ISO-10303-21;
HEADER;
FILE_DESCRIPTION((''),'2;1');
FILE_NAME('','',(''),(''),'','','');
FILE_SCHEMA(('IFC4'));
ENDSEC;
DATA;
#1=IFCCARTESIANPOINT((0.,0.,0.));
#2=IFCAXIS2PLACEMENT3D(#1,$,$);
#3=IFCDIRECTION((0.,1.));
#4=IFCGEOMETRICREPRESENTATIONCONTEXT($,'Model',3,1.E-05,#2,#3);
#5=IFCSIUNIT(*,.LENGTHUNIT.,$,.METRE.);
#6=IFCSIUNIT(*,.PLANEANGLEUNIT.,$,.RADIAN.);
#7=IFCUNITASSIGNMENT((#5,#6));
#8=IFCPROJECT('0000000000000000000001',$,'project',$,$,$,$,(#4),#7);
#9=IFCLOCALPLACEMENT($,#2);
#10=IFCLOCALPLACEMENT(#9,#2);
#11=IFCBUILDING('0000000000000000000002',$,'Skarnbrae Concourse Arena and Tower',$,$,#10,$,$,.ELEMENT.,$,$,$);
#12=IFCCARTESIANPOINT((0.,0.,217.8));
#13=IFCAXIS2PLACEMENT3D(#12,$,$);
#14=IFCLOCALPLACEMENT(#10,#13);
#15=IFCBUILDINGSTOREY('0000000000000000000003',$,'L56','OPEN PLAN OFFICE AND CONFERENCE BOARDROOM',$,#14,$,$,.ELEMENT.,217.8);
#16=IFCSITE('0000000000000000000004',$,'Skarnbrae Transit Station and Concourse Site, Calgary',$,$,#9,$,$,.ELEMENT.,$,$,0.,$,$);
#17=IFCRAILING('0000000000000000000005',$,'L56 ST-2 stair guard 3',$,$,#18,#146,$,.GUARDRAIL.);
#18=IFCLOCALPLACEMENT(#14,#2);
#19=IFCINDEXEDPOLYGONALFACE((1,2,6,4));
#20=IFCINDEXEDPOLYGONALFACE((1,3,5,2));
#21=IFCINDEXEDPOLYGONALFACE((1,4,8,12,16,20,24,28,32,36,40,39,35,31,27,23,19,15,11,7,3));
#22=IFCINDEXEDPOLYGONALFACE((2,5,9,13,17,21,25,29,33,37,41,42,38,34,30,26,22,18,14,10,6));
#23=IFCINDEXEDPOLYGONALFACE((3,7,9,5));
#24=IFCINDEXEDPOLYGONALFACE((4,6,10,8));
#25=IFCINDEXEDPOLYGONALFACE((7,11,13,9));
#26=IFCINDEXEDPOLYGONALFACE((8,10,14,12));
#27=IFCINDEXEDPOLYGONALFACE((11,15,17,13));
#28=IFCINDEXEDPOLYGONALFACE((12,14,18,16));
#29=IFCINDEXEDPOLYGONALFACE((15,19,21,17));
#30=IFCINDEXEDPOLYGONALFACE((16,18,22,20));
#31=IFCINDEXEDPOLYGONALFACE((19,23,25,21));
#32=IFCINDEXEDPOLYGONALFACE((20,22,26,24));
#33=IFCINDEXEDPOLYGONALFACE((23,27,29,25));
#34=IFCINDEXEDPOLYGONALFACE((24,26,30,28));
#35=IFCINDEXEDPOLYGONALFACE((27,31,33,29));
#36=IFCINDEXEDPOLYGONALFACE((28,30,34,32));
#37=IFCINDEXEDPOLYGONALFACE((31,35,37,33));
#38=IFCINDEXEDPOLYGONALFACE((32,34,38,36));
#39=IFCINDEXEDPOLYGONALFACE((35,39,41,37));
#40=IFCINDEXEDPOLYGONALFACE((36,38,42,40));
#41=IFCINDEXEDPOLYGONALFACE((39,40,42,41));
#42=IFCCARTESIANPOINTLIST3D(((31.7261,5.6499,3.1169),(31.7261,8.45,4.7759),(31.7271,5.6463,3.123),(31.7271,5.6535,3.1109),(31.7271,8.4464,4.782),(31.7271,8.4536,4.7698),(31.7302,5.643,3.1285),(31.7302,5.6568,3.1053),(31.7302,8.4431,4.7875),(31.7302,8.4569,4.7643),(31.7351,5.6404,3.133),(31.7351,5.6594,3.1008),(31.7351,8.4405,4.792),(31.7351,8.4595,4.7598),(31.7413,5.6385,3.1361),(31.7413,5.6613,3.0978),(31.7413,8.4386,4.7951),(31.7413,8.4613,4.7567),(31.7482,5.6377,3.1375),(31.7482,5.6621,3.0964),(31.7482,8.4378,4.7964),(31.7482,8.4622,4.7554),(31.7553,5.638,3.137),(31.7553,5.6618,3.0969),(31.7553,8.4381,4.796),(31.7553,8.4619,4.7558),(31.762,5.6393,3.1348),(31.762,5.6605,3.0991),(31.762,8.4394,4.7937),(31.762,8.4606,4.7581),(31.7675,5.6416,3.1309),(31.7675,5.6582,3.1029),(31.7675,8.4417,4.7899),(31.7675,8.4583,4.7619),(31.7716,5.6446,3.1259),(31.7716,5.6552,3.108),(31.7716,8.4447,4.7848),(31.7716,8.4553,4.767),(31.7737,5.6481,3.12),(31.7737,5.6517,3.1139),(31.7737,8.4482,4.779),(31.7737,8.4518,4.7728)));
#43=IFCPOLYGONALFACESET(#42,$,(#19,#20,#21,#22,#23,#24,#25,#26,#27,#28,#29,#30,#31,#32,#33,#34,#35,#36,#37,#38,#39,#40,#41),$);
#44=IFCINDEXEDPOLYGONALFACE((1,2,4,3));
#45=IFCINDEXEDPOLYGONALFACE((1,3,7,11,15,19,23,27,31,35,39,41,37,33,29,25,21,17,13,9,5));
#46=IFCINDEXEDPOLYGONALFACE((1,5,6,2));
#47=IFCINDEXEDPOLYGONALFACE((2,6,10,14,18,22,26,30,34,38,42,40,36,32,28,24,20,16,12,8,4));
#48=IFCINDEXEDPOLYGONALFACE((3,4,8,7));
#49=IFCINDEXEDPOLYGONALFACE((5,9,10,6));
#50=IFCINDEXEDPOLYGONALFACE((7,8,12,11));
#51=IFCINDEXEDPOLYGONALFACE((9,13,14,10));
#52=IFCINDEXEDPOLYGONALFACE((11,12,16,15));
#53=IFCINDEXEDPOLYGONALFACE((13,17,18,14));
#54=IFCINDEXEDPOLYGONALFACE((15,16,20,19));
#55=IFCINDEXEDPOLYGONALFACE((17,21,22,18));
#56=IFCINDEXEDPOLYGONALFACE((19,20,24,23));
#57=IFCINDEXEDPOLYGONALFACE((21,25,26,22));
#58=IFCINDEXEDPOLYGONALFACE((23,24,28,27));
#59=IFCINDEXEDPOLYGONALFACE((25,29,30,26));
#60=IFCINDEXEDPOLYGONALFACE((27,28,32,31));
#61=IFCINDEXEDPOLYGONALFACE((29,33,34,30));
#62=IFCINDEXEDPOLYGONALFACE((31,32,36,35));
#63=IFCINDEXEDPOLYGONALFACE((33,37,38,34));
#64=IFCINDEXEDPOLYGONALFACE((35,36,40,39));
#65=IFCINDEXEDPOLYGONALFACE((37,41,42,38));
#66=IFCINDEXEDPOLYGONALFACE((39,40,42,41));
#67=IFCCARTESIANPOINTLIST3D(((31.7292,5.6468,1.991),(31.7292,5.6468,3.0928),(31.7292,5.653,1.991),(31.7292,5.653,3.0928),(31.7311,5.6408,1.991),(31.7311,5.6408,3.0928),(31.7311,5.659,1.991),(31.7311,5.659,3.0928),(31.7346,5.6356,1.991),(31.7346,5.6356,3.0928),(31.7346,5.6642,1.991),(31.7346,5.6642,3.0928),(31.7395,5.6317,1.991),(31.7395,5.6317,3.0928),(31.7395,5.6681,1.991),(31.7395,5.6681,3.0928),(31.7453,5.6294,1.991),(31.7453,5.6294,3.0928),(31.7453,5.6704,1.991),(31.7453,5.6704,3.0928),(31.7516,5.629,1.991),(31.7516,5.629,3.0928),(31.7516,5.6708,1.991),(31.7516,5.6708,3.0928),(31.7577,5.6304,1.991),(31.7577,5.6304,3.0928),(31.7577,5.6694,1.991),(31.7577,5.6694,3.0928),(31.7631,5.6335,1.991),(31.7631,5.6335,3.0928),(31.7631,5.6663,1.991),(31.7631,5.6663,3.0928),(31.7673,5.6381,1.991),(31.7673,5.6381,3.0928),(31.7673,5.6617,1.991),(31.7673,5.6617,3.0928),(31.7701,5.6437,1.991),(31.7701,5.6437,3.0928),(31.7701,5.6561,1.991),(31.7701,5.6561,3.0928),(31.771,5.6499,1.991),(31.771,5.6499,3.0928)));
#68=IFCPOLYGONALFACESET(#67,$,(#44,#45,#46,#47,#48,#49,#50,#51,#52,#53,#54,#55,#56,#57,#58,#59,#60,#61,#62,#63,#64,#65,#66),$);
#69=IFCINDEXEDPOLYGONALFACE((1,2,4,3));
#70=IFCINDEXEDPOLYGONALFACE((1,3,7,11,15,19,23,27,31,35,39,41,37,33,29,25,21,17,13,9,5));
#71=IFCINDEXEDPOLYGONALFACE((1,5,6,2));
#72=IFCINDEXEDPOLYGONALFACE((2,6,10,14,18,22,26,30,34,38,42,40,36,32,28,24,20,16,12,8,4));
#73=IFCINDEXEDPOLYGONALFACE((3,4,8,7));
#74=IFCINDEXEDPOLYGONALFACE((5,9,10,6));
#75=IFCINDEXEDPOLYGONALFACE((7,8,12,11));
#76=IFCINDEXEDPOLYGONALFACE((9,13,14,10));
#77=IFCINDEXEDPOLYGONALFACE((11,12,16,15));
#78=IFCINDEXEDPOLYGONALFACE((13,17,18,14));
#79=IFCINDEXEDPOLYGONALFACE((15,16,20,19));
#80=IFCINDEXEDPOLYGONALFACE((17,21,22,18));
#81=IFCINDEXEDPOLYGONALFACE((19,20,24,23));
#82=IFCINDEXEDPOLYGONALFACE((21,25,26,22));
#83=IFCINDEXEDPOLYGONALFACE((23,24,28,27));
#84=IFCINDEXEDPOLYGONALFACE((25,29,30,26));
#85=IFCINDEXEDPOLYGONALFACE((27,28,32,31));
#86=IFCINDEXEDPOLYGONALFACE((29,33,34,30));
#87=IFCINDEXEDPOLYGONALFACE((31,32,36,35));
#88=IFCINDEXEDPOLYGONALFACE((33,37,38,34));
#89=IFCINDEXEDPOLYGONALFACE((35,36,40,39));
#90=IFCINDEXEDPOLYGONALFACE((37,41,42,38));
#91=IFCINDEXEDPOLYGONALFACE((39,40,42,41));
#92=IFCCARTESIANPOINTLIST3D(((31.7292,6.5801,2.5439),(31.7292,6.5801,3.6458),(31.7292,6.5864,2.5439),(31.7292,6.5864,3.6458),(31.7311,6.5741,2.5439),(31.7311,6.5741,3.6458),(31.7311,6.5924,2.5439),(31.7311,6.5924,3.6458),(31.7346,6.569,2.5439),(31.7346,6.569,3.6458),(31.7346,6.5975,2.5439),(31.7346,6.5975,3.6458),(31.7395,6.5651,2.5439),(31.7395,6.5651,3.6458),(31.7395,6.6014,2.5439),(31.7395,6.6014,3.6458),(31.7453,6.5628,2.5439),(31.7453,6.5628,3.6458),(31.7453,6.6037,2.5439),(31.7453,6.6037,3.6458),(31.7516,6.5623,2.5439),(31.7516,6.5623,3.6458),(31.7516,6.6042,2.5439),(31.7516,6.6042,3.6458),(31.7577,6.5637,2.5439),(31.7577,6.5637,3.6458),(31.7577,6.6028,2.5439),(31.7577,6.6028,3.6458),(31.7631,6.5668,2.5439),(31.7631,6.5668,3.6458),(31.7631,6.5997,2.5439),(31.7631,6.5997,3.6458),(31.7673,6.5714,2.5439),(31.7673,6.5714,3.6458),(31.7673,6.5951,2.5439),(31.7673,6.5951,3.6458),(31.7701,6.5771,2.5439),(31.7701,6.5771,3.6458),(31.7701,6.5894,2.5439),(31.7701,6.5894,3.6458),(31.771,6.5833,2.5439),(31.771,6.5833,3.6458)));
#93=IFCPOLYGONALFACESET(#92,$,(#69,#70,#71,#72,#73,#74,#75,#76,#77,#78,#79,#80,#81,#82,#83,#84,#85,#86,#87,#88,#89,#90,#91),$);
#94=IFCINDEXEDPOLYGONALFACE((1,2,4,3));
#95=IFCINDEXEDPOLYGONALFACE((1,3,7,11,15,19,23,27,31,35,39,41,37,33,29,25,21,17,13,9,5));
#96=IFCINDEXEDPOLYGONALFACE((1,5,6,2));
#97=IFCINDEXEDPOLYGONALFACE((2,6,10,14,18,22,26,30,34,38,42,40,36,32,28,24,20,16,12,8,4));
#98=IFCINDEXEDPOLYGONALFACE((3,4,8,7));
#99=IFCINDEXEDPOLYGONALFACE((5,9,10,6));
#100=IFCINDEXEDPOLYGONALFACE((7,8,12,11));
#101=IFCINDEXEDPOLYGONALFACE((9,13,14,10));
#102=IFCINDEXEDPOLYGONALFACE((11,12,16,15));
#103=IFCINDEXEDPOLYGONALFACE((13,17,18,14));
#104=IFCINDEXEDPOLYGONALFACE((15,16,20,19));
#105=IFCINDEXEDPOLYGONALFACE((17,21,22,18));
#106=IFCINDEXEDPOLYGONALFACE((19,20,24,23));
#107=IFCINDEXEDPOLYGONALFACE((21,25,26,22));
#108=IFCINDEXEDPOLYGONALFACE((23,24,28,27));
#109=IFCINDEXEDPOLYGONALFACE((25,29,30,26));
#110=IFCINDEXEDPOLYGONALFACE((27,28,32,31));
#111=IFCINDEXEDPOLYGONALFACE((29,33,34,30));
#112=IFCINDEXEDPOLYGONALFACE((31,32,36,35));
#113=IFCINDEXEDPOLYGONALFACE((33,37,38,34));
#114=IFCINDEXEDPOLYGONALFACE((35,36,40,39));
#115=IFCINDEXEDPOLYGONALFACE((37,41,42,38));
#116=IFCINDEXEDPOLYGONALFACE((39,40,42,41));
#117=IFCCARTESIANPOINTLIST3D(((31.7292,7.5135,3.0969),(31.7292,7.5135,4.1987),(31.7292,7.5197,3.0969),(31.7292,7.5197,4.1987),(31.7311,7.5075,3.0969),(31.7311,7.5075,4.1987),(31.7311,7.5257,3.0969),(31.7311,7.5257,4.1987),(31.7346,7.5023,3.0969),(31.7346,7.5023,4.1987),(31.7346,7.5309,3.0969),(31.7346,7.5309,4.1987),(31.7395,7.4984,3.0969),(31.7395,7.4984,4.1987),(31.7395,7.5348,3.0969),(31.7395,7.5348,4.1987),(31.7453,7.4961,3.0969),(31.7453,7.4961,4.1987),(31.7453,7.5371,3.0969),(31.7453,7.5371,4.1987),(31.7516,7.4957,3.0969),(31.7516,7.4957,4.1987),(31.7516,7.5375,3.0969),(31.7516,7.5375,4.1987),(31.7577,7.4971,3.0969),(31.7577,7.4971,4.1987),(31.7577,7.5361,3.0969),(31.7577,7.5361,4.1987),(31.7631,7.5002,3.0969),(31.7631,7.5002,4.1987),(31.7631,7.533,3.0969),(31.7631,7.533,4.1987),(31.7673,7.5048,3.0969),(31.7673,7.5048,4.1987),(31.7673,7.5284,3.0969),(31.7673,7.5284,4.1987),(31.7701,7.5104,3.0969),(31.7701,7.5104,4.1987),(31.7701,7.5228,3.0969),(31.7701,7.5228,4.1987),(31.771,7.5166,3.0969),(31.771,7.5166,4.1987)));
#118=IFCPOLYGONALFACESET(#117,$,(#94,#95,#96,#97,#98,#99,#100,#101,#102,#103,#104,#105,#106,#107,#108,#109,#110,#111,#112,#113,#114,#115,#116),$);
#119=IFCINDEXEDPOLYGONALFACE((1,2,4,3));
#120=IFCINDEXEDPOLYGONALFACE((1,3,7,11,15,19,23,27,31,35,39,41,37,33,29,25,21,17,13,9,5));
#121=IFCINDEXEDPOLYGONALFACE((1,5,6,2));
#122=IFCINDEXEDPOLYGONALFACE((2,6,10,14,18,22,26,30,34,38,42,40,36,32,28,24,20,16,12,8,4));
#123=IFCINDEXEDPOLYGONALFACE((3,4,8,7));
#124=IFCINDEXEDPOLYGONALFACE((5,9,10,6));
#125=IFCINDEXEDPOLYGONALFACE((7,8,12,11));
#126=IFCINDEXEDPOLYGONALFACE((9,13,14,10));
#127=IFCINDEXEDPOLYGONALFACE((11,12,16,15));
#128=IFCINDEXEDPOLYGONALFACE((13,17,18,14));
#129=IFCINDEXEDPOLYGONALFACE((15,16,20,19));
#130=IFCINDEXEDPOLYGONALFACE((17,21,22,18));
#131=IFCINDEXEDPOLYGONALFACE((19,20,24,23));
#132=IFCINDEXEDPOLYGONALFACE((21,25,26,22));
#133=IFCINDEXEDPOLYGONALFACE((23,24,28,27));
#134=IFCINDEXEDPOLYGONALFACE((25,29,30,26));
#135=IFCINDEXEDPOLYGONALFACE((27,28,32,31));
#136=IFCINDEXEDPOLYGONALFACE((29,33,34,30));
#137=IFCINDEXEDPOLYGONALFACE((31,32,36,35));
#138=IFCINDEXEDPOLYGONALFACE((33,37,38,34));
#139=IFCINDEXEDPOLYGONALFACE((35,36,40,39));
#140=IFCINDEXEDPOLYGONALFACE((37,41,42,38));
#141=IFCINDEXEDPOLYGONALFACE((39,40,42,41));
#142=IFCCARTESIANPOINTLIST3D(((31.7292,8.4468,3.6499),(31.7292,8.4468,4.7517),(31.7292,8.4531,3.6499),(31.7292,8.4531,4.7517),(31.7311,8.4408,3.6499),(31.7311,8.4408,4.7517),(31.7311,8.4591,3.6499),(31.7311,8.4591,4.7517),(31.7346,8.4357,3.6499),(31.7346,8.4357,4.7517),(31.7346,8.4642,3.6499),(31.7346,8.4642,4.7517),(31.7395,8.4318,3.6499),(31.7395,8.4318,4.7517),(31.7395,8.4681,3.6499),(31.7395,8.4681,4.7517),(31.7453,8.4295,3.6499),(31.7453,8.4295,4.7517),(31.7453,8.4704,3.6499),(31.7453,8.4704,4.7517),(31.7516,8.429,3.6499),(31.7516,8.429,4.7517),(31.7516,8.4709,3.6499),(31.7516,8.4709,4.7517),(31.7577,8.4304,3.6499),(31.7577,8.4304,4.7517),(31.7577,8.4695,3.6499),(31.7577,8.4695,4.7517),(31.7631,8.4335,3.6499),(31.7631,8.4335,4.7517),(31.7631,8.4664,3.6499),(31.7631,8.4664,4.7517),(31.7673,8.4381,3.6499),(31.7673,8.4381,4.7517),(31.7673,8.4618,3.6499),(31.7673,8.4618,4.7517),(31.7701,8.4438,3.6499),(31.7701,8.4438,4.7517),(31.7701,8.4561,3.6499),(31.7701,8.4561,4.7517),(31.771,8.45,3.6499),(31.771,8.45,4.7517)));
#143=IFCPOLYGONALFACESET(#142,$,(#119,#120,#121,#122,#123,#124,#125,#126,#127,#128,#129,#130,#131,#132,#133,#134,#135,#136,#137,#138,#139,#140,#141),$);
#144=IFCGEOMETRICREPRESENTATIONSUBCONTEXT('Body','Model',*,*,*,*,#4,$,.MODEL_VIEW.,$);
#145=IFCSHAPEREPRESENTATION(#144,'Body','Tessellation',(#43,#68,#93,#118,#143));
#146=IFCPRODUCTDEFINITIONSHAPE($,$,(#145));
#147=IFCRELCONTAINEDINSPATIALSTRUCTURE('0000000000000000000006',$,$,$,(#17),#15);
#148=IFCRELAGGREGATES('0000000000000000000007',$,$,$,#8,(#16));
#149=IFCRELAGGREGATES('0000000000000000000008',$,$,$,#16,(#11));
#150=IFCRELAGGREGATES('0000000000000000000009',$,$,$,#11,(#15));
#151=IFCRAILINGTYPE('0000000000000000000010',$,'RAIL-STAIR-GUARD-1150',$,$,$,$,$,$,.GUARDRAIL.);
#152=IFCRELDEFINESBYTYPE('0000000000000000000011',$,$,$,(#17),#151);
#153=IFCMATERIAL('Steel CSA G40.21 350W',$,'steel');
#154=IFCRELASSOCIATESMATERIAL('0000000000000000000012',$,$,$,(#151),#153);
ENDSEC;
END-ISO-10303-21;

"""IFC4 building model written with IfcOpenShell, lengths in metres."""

from ifc_helpers import new_model, si_unit, direction, frame, origin, origin_2d, place, context, subcontext, project, spatial, circle, extrude, material, type_object, element, save


model = new_model("IFC4")

# Units and contexts
model_context = context("Model", 3, precision=1e-05, world=origin(), true_north=direction((0.0, 1.0)))
body_context = subcontext(model_context, "Body", "Model", "MODEL_VIEW")
ifc_project = project(units=[si_unit("LENGTHUNIT", "METRE"), si_unit("PLANEANGLEUNIT", "RADIAN")], contexts=[model_context])

# Site, building, storey
site_placement = place(None, origin())
site = spatial("IfcSite", under=ifc_project, at=site_placement, Name="Skarnbrae Transit Station and Concourse Site, Calgary", CompositionType="ELEMENT", RefElevation=0.0)
building_placement = place(site_placement, origin())
building = spatial("IfcBuilding", under=site, at=building_placement, Name="Skarnbrae Concourse Arena and Tower", CompositionType="ELEMENT")
storey_placement = place(building_placement, frame((0.0, 0.0, 217.8)))
storey = spatial("IfcBuildingStorey", under=building, at=storey_placement, Name="L56", Description="OPEN PLAN OFFICE AND CONFERENCE BOARDROOM", CompositionType="ELEMENT", Elevation=217.8)

# Shared definitions
ifc_material_1 = material(Name="Steel CSA G40.21 350W", Category="steel")

# Railing
railing_type_1 = type_object("IfcRailingType", Name="RAIL-STAIR-GUARD-1150", PredefinedType="GUARDRAIL", material=ifc_material_1)
railing_1_placement = place(storey_placement, frame((31.75, 5.6499, 1.991)))
element("IfcRailing", 1, at=railing_1_placement, inside=storey, type_object=railing_type_1, Name="L56 ST-2 stair guard 3", PredefinedType="GUARDRAIL", context=body_context, shape_type="SweptSolid", body=[
    extrude(circle(Radius=0.0239, at=origin_2d()), frame((0.0, 0.0, 1.126), z_axis=(0.0, 0.860339, 0.509722), x_axis=(-1.0, 0.0, 0.0)), (0.0, 0.0, 1.0), 3.2546),
    extrude(circle(Radius=0.021, at=origin_2d()), origin(), (0.0, 0.0, 1.0), 1.1018),
    extrude(circle(Radius=0.021, at=origin_2d()), frame((0.0, 0.9333, 0.553)), (0.0, 0.0, 1.0), 1.1018),
    extrude(circle(Radius=0.021, at=origin_2d()), frame((0.0, 1.8667, 1.106)), (0.0, 0.0, 1.0), 1.1018),
    extrude(circle(Radius=0.021, at=origin_2d()), frame((0.0, 2.8, 1.6589)), (0.0, 0.0, 1.0), 1.1018),
])

save(model, "model.ifc")
